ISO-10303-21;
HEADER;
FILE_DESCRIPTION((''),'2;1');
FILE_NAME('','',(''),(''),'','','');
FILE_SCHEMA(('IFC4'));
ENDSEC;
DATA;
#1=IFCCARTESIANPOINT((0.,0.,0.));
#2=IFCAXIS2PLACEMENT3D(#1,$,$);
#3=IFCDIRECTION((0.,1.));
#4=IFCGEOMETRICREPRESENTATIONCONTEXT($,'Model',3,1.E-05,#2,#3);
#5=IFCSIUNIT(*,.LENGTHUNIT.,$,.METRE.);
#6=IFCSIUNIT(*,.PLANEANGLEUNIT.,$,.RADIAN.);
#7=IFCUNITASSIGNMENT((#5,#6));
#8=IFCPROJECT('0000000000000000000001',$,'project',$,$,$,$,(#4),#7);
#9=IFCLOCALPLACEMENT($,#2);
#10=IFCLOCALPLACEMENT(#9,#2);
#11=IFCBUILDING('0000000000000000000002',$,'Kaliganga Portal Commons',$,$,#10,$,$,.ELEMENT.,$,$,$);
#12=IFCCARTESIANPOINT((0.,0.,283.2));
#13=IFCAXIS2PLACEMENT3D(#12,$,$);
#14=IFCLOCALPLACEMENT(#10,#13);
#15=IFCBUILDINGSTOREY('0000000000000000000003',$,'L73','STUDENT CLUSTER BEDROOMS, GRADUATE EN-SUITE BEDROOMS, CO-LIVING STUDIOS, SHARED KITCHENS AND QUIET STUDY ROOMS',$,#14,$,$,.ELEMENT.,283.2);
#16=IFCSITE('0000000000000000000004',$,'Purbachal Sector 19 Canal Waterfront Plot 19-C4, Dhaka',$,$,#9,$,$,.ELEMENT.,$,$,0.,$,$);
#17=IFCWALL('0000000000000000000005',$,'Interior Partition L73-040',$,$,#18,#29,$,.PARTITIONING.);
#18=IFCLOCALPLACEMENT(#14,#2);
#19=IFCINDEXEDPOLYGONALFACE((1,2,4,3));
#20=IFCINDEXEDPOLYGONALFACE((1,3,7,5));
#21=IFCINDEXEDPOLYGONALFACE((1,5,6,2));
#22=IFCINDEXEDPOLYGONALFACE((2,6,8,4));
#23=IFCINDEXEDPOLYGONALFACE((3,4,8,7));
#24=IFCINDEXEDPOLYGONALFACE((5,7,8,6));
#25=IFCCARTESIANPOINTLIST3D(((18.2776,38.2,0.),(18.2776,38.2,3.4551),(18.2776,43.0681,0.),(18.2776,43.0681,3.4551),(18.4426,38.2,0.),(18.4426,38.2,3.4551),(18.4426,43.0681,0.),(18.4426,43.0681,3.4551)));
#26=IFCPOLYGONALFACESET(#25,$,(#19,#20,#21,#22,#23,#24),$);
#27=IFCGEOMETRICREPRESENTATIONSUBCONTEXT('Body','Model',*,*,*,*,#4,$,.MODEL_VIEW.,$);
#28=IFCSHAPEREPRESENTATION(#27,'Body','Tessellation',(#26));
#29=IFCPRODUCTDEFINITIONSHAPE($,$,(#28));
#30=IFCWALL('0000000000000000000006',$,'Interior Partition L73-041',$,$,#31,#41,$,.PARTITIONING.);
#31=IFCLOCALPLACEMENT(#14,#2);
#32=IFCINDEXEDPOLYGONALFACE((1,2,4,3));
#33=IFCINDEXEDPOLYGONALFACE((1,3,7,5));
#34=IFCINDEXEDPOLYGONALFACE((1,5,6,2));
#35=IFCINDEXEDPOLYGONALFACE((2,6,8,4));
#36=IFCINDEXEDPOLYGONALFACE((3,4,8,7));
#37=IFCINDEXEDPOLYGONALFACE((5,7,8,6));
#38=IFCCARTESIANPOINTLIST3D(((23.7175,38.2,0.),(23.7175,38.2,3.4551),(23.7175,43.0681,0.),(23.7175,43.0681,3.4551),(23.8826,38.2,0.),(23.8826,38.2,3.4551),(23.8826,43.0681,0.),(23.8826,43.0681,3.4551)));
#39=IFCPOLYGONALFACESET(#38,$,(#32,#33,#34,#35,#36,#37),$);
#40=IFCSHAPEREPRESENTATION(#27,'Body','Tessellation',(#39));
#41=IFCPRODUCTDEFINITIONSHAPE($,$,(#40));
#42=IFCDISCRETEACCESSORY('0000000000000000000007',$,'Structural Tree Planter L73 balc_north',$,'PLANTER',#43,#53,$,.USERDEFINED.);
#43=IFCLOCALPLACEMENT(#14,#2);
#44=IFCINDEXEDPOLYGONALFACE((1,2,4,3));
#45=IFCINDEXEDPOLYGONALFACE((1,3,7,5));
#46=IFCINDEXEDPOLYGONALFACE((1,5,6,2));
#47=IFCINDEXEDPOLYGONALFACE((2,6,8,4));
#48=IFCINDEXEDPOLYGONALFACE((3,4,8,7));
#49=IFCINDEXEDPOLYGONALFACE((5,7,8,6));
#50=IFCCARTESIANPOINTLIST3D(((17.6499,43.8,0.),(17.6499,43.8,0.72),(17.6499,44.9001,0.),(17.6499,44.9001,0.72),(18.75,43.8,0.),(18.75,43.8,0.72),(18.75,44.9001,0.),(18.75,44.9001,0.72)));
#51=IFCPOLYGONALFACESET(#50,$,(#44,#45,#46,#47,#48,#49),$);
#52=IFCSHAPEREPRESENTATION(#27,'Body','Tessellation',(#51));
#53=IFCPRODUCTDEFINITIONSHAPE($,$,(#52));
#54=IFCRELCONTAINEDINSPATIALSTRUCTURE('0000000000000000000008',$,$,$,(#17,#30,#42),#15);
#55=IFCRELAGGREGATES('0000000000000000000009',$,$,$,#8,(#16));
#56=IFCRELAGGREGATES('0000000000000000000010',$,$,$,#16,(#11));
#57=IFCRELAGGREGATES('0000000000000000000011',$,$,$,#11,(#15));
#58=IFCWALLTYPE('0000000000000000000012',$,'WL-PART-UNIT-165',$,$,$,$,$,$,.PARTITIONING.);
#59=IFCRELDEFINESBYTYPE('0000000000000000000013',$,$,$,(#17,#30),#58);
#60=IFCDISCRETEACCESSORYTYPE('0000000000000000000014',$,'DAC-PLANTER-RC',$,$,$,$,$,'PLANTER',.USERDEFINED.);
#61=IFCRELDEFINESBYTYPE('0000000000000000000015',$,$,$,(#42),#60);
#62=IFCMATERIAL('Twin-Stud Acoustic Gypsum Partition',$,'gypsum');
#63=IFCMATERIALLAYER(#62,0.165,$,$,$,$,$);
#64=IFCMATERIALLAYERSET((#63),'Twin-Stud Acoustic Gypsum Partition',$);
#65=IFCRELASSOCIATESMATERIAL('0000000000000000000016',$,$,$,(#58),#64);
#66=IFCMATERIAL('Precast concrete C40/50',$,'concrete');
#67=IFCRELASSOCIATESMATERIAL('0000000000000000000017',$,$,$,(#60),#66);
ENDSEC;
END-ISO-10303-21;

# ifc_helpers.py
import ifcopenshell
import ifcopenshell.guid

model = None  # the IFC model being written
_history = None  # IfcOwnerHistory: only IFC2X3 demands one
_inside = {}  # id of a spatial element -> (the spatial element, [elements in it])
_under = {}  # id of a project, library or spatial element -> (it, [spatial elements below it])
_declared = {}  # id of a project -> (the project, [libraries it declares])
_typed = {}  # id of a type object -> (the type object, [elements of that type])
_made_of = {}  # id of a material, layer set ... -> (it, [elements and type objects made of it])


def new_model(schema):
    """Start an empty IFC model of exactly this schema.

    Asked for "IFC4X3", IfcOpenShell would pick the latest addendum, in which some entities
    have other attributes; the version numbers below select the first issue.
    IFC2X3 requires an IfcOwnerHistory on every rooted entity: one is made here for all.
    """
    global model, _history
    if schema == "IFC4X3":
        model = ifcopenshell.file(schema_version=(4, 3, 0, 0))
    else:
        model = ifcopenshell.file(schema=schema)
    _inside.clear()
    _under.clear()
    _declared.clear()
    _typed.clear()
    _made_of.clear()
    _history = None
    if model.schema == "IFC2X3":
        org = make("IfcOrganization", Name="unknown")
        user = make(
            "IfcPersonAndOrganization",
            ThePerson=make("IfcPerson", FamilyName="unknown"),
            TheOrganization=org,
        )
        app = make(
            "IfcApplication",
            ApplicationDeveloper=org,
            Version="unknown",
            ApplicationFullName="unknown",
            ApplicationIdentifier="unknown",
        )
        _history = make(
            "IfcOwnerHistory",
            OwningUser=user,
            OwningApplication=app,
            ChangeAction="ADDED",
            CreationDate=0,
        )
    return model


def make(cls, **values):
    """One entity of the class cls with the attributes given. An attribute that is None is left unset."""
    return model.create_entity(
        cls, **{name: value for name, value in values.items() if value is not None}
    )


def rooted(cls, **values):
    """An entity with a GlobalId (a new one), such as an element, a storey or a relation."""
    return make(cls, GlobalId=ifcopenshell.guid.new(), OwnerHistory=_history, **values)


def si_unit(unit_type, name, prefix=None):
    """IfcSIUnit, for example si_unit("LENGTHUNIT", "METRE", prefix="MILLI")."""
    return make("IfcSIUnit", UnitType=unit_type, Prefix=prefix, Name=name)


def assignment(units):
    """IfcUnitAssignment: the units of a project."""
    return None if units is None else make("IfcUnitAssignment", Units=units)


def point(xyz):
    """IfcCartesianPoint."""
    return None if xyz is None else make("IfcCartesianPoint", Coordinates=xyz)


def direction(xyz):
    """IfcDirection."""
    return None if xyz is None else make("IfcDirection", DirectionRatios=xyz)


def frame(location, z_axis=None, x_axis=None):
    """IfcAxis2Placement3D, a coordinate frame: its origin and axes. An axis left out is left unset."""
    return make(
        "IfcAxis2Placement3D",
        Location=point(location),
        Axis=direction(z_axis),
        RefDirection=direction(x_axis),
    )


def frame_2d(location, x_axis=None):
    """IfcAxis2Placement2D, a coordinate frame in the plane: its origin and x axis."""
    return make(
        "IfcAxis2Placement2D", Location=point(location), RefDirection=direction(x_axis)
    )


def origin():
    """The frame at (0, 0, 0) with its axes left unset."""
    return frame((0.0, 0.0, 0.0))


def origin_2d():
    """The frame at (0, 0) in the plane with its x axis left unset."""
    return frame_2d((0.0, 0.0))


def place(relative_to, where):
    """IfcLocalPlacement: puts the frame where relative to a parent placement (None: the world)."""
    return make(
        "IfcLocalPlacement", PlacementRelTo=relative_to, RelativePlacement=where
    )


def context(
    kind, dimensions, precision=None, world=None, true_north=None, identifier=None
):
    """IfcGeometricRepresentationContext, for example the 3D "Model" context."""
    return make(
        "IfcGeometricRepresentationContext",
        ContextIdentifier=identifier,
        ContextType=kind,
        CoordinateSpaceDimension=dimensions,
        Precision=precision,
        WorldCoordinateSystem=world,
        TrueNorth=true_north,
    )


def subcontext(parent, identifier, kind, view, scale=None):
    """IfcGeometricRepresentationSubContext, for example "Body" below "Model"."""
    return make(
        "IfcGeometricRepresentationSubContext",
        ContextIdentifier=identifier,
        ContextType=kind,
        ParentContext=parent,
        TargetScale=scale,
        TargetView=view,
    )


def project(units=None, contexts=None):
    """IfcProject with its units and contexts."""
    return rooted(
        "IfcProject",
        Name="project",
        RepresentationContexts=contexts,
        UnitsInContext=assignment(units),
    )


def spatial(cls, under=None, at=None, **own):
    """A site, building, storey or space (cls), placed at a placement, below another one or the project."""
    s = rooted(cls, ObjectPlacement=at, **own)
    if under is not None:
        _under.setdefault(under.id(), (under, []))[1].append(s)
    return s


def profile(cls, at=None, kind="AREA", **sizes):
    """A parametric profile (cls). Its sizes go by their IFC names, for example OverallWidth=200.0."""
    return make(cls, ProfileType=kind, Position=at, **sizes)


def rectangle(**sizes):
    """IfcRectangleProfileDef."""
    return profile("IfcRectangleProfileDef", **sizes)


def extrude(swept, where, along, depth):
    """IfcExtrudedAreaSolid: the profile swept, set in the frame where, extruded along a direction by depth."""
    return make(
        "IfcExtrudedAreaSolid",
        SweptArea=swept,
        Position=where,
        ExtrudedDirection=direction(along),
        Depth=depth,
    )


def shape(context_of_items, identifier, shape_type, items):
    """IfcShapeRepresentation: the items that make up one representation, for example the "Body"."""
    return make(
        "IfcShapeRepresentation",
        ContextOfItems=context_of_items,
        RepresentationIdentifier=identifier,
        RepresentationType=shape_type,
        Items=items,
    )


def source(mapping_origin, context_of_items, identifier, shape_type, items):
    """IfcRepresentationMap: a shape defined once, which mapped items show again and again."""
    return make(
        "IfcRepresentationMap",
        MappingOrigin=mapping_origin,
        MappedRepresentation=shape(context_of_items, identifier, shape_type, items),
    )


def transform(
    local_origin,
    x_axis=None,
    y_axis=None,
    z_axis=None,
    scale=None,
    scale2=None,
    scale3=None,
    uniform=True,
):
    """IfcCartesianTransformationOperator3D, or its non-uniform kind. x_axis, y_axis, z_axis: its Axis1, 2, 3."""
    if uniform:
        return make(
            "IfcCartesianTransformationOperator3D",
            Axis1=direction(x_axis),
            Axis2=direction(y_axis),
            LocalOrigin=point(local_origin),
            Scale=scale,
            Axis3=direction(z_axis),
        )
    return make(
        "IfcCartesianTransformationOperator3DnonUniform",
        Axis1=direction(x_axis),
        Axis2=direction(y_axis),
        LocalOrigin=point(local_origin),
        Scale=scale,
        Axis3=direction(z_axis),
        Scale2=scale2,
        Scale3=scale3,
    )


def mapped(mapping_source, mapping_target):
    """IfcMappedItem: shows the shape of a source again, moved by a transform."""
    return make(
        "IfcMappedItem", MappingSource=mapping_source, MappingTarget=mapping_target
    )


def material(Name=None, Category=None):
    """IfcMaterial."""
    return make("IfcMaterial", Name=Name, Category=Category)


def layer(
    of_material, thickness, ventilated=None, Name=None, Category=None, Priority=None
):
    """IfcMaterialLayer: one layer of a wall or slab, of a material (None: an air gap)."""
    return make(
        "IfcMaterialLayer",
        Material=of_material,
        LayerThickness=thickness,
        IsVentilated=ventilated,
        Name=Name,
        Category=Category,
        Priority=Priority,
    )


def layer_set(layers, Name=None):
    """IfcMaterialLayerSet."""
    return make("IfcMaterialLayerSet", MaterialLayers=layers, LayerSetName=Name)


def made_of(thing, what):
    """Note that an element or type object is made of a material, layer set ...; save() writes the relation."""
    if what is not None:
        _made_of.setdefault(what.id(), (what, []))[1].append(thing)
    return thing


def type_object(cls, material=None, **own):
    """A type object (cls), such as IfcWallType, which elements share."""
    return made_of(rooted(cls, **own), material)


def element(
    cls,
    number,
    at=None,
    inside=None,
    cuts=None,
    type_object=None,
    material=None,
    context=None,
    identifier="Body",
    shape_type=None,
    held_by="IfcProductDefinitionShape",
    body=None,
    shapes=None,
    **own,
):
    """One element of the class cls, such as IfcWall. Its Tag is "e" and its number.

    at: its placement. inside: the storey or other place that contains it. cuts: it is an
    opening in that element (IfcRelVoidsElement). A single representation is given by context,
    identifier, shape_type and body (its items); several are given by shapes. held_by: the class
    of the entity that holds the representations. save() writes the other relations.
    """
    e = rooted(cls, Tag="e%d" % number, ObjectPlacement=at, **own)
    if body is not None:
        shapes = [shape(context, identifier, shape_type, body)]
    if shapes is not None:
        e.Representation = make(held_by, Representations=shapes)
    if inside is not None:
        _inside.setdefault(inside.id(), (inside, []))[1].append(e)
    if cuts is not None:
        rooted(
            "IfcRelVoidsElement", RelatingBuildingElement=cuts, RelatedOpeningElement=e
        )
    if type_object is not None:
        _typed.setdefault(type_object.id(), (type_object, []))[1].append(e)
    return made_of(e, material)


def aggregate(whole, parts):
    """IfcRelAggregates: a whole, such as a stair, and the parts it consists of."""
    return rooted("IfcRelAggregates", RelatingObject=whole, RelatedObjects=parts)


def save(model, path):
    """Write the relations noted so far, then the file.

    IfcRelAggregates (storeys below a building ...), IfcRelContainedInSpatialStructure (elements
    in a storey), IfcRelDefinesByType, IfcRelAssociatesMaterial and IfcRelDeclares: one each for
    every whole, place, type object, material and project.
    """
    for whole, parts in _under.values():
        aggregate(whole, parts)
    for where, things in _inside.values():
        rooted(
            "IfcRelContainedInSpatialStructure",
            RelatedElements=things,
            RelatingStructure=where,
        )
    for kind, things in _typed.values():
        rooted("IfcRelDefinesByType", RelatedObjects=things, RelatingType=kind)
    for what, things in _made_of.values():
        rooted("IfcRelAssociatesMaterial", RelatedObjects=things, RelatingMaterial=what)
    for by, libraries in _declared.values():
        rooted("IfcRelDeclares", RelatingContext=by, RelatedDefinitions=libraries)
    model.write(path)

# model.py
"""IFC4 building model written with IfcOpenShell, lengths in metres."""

from ifc_helpers import new_model, si_unit, direction, frame, frame_2d, origin, origin_2d, place, context, subcontext, project, spatial, rectangle, extrude, source, transform, mapped, material, layer, layer_set, type_object, element, save


model = new_model("IFC4")

# Units and contexts
model_context = context("Model", 3, precision=1e-05, world=origin(), true_north=direction((0.0, 1.0)))
body_context = subcontext(model_context, "Body", "Model", "MODEL_VIEW")
ifc_project = project(units=[si_unit("LENGTHUNIT", "METRE"), si_unit("PLANEANGLEUNIT", "RADIAN")], contexts=[model_context])

# Site, building, storey
site_placement = place(None, origin())
site = spatial("IfcSite", under=ifc_project, at=site_placement, Name="Purbachal Sector 19 Canal Waterfront Plot 19-C4, Dhaka", CompositionType="ELEMENT", RefElevation=0.0)
building_placement = place(site_placement, origin())
building = spatial("IfcBuilding", under=site, at=building_placement, Name="Kaliganga Portal Commons", CompositionType="ELEMENT")
storey_placement = place(building_placement, frame((0.0, 0.0, 283.2)))
storey = spatial("IfcBuildingStorey", under=building, at=storey_placement, Name="L73", Description="STUDENT CLUSTER BEDROOMS, GRADUATE EN-SUITE BEDROOMS, CO-LIVING STUDIOS, SHARED KITCHENS AND QUIET STUDY ROOMS", CompositionType="ELEMENT", Elevation=283.2)

# Walls
ifc_material_1 = material(Name="Twin-Stud Acoustic Gypsum Partition", Category="gypsum")
ifc_layer_1 = layer(ifc_material_1, 0.165)
ifc_layer_set_1 = layer_set([ifc_layer_1], Name="Twin-Stud Acoustic Gypsum Partition")
wall_type_1 = type_object("IfcWallType", Name="WL-PART-UNIT-165", PredefinedType="PARTITIONING", material=ifc_layer_set_1)
for number, where, z_axis, x_axis, name in (
    (1, (18.3601, 38.2, 0.0), (0.0, 0.0, 1.0), (0.0, 1.0, 0.0), "Interior Partition L73-040"),
    (2, (23.8, 38.2, 0.0), (0.0, 0.0, 1.0), (0.0, 1.0, 0.0), "Interior Partition L73-041"),
):
    element("IfcWall", number, at=place(storey_placement, frame(where, z_axis=z_axis, x_axis=x_axis)), inside=storey, type_object=wall_type_1, Name=name, PredefinedType="PARTITIONING", context=body_context, shape_type="SweptSolid", body=[
        extrude(rectangle(XDim=4.8682, YDim=0.165, at=frame_2d((2.4341, 0.0))), origin(), (0.0, 0.0, 1.0), 3.4551),
    ])

# Discrete accessory
ifc_material_2 = material(Name="Precast concrete C40/50", Category="concrete")
discrete_accessory_type = type_object("IfcDiscreteAccessoryType", Name="DAC-PLANTER-RC", ElementType="PLANTER", PredefinedType="USERDEFINED", material=ifc_material_2)
shared_shape_1 = source(origin(), body_context, "Body", "SweptSolid", [
    extrude(rectangle(XDim=1.1001, YDim=1.1001, at=origin_2d()), origin(), (0.0, 0.0, 1.0), 0.72),
])
discrete_accessory_placement = place(storey_placement, frame((18.2, 44.3501, 0.0), z_axis=(0.0, 0.0, 1.0), x_axis=(1.0, 0.0, 0.0)))
element("IfcDiscreteAccessory", 3, at=discrete_accessory_placement, inside=storey, type_object=discrete_accessory_type, Name="Structural Tree Planter L73 balc_north", ObjectType="PLANTER", PredefinedType="USERDEFINED", context=body_context, shape_type="MappedRepresentation", body=[
    mapped(shared_shape_1, transform((0.0, 0.0, 0.0), x_axis=(1.0, 0.0, 0.0), y_axis=(0.0, 1.0, 0.0), z_axis=(0.0, 0.0, 1.0), scale=1.0)),
])

save(model, "model.ifc")
